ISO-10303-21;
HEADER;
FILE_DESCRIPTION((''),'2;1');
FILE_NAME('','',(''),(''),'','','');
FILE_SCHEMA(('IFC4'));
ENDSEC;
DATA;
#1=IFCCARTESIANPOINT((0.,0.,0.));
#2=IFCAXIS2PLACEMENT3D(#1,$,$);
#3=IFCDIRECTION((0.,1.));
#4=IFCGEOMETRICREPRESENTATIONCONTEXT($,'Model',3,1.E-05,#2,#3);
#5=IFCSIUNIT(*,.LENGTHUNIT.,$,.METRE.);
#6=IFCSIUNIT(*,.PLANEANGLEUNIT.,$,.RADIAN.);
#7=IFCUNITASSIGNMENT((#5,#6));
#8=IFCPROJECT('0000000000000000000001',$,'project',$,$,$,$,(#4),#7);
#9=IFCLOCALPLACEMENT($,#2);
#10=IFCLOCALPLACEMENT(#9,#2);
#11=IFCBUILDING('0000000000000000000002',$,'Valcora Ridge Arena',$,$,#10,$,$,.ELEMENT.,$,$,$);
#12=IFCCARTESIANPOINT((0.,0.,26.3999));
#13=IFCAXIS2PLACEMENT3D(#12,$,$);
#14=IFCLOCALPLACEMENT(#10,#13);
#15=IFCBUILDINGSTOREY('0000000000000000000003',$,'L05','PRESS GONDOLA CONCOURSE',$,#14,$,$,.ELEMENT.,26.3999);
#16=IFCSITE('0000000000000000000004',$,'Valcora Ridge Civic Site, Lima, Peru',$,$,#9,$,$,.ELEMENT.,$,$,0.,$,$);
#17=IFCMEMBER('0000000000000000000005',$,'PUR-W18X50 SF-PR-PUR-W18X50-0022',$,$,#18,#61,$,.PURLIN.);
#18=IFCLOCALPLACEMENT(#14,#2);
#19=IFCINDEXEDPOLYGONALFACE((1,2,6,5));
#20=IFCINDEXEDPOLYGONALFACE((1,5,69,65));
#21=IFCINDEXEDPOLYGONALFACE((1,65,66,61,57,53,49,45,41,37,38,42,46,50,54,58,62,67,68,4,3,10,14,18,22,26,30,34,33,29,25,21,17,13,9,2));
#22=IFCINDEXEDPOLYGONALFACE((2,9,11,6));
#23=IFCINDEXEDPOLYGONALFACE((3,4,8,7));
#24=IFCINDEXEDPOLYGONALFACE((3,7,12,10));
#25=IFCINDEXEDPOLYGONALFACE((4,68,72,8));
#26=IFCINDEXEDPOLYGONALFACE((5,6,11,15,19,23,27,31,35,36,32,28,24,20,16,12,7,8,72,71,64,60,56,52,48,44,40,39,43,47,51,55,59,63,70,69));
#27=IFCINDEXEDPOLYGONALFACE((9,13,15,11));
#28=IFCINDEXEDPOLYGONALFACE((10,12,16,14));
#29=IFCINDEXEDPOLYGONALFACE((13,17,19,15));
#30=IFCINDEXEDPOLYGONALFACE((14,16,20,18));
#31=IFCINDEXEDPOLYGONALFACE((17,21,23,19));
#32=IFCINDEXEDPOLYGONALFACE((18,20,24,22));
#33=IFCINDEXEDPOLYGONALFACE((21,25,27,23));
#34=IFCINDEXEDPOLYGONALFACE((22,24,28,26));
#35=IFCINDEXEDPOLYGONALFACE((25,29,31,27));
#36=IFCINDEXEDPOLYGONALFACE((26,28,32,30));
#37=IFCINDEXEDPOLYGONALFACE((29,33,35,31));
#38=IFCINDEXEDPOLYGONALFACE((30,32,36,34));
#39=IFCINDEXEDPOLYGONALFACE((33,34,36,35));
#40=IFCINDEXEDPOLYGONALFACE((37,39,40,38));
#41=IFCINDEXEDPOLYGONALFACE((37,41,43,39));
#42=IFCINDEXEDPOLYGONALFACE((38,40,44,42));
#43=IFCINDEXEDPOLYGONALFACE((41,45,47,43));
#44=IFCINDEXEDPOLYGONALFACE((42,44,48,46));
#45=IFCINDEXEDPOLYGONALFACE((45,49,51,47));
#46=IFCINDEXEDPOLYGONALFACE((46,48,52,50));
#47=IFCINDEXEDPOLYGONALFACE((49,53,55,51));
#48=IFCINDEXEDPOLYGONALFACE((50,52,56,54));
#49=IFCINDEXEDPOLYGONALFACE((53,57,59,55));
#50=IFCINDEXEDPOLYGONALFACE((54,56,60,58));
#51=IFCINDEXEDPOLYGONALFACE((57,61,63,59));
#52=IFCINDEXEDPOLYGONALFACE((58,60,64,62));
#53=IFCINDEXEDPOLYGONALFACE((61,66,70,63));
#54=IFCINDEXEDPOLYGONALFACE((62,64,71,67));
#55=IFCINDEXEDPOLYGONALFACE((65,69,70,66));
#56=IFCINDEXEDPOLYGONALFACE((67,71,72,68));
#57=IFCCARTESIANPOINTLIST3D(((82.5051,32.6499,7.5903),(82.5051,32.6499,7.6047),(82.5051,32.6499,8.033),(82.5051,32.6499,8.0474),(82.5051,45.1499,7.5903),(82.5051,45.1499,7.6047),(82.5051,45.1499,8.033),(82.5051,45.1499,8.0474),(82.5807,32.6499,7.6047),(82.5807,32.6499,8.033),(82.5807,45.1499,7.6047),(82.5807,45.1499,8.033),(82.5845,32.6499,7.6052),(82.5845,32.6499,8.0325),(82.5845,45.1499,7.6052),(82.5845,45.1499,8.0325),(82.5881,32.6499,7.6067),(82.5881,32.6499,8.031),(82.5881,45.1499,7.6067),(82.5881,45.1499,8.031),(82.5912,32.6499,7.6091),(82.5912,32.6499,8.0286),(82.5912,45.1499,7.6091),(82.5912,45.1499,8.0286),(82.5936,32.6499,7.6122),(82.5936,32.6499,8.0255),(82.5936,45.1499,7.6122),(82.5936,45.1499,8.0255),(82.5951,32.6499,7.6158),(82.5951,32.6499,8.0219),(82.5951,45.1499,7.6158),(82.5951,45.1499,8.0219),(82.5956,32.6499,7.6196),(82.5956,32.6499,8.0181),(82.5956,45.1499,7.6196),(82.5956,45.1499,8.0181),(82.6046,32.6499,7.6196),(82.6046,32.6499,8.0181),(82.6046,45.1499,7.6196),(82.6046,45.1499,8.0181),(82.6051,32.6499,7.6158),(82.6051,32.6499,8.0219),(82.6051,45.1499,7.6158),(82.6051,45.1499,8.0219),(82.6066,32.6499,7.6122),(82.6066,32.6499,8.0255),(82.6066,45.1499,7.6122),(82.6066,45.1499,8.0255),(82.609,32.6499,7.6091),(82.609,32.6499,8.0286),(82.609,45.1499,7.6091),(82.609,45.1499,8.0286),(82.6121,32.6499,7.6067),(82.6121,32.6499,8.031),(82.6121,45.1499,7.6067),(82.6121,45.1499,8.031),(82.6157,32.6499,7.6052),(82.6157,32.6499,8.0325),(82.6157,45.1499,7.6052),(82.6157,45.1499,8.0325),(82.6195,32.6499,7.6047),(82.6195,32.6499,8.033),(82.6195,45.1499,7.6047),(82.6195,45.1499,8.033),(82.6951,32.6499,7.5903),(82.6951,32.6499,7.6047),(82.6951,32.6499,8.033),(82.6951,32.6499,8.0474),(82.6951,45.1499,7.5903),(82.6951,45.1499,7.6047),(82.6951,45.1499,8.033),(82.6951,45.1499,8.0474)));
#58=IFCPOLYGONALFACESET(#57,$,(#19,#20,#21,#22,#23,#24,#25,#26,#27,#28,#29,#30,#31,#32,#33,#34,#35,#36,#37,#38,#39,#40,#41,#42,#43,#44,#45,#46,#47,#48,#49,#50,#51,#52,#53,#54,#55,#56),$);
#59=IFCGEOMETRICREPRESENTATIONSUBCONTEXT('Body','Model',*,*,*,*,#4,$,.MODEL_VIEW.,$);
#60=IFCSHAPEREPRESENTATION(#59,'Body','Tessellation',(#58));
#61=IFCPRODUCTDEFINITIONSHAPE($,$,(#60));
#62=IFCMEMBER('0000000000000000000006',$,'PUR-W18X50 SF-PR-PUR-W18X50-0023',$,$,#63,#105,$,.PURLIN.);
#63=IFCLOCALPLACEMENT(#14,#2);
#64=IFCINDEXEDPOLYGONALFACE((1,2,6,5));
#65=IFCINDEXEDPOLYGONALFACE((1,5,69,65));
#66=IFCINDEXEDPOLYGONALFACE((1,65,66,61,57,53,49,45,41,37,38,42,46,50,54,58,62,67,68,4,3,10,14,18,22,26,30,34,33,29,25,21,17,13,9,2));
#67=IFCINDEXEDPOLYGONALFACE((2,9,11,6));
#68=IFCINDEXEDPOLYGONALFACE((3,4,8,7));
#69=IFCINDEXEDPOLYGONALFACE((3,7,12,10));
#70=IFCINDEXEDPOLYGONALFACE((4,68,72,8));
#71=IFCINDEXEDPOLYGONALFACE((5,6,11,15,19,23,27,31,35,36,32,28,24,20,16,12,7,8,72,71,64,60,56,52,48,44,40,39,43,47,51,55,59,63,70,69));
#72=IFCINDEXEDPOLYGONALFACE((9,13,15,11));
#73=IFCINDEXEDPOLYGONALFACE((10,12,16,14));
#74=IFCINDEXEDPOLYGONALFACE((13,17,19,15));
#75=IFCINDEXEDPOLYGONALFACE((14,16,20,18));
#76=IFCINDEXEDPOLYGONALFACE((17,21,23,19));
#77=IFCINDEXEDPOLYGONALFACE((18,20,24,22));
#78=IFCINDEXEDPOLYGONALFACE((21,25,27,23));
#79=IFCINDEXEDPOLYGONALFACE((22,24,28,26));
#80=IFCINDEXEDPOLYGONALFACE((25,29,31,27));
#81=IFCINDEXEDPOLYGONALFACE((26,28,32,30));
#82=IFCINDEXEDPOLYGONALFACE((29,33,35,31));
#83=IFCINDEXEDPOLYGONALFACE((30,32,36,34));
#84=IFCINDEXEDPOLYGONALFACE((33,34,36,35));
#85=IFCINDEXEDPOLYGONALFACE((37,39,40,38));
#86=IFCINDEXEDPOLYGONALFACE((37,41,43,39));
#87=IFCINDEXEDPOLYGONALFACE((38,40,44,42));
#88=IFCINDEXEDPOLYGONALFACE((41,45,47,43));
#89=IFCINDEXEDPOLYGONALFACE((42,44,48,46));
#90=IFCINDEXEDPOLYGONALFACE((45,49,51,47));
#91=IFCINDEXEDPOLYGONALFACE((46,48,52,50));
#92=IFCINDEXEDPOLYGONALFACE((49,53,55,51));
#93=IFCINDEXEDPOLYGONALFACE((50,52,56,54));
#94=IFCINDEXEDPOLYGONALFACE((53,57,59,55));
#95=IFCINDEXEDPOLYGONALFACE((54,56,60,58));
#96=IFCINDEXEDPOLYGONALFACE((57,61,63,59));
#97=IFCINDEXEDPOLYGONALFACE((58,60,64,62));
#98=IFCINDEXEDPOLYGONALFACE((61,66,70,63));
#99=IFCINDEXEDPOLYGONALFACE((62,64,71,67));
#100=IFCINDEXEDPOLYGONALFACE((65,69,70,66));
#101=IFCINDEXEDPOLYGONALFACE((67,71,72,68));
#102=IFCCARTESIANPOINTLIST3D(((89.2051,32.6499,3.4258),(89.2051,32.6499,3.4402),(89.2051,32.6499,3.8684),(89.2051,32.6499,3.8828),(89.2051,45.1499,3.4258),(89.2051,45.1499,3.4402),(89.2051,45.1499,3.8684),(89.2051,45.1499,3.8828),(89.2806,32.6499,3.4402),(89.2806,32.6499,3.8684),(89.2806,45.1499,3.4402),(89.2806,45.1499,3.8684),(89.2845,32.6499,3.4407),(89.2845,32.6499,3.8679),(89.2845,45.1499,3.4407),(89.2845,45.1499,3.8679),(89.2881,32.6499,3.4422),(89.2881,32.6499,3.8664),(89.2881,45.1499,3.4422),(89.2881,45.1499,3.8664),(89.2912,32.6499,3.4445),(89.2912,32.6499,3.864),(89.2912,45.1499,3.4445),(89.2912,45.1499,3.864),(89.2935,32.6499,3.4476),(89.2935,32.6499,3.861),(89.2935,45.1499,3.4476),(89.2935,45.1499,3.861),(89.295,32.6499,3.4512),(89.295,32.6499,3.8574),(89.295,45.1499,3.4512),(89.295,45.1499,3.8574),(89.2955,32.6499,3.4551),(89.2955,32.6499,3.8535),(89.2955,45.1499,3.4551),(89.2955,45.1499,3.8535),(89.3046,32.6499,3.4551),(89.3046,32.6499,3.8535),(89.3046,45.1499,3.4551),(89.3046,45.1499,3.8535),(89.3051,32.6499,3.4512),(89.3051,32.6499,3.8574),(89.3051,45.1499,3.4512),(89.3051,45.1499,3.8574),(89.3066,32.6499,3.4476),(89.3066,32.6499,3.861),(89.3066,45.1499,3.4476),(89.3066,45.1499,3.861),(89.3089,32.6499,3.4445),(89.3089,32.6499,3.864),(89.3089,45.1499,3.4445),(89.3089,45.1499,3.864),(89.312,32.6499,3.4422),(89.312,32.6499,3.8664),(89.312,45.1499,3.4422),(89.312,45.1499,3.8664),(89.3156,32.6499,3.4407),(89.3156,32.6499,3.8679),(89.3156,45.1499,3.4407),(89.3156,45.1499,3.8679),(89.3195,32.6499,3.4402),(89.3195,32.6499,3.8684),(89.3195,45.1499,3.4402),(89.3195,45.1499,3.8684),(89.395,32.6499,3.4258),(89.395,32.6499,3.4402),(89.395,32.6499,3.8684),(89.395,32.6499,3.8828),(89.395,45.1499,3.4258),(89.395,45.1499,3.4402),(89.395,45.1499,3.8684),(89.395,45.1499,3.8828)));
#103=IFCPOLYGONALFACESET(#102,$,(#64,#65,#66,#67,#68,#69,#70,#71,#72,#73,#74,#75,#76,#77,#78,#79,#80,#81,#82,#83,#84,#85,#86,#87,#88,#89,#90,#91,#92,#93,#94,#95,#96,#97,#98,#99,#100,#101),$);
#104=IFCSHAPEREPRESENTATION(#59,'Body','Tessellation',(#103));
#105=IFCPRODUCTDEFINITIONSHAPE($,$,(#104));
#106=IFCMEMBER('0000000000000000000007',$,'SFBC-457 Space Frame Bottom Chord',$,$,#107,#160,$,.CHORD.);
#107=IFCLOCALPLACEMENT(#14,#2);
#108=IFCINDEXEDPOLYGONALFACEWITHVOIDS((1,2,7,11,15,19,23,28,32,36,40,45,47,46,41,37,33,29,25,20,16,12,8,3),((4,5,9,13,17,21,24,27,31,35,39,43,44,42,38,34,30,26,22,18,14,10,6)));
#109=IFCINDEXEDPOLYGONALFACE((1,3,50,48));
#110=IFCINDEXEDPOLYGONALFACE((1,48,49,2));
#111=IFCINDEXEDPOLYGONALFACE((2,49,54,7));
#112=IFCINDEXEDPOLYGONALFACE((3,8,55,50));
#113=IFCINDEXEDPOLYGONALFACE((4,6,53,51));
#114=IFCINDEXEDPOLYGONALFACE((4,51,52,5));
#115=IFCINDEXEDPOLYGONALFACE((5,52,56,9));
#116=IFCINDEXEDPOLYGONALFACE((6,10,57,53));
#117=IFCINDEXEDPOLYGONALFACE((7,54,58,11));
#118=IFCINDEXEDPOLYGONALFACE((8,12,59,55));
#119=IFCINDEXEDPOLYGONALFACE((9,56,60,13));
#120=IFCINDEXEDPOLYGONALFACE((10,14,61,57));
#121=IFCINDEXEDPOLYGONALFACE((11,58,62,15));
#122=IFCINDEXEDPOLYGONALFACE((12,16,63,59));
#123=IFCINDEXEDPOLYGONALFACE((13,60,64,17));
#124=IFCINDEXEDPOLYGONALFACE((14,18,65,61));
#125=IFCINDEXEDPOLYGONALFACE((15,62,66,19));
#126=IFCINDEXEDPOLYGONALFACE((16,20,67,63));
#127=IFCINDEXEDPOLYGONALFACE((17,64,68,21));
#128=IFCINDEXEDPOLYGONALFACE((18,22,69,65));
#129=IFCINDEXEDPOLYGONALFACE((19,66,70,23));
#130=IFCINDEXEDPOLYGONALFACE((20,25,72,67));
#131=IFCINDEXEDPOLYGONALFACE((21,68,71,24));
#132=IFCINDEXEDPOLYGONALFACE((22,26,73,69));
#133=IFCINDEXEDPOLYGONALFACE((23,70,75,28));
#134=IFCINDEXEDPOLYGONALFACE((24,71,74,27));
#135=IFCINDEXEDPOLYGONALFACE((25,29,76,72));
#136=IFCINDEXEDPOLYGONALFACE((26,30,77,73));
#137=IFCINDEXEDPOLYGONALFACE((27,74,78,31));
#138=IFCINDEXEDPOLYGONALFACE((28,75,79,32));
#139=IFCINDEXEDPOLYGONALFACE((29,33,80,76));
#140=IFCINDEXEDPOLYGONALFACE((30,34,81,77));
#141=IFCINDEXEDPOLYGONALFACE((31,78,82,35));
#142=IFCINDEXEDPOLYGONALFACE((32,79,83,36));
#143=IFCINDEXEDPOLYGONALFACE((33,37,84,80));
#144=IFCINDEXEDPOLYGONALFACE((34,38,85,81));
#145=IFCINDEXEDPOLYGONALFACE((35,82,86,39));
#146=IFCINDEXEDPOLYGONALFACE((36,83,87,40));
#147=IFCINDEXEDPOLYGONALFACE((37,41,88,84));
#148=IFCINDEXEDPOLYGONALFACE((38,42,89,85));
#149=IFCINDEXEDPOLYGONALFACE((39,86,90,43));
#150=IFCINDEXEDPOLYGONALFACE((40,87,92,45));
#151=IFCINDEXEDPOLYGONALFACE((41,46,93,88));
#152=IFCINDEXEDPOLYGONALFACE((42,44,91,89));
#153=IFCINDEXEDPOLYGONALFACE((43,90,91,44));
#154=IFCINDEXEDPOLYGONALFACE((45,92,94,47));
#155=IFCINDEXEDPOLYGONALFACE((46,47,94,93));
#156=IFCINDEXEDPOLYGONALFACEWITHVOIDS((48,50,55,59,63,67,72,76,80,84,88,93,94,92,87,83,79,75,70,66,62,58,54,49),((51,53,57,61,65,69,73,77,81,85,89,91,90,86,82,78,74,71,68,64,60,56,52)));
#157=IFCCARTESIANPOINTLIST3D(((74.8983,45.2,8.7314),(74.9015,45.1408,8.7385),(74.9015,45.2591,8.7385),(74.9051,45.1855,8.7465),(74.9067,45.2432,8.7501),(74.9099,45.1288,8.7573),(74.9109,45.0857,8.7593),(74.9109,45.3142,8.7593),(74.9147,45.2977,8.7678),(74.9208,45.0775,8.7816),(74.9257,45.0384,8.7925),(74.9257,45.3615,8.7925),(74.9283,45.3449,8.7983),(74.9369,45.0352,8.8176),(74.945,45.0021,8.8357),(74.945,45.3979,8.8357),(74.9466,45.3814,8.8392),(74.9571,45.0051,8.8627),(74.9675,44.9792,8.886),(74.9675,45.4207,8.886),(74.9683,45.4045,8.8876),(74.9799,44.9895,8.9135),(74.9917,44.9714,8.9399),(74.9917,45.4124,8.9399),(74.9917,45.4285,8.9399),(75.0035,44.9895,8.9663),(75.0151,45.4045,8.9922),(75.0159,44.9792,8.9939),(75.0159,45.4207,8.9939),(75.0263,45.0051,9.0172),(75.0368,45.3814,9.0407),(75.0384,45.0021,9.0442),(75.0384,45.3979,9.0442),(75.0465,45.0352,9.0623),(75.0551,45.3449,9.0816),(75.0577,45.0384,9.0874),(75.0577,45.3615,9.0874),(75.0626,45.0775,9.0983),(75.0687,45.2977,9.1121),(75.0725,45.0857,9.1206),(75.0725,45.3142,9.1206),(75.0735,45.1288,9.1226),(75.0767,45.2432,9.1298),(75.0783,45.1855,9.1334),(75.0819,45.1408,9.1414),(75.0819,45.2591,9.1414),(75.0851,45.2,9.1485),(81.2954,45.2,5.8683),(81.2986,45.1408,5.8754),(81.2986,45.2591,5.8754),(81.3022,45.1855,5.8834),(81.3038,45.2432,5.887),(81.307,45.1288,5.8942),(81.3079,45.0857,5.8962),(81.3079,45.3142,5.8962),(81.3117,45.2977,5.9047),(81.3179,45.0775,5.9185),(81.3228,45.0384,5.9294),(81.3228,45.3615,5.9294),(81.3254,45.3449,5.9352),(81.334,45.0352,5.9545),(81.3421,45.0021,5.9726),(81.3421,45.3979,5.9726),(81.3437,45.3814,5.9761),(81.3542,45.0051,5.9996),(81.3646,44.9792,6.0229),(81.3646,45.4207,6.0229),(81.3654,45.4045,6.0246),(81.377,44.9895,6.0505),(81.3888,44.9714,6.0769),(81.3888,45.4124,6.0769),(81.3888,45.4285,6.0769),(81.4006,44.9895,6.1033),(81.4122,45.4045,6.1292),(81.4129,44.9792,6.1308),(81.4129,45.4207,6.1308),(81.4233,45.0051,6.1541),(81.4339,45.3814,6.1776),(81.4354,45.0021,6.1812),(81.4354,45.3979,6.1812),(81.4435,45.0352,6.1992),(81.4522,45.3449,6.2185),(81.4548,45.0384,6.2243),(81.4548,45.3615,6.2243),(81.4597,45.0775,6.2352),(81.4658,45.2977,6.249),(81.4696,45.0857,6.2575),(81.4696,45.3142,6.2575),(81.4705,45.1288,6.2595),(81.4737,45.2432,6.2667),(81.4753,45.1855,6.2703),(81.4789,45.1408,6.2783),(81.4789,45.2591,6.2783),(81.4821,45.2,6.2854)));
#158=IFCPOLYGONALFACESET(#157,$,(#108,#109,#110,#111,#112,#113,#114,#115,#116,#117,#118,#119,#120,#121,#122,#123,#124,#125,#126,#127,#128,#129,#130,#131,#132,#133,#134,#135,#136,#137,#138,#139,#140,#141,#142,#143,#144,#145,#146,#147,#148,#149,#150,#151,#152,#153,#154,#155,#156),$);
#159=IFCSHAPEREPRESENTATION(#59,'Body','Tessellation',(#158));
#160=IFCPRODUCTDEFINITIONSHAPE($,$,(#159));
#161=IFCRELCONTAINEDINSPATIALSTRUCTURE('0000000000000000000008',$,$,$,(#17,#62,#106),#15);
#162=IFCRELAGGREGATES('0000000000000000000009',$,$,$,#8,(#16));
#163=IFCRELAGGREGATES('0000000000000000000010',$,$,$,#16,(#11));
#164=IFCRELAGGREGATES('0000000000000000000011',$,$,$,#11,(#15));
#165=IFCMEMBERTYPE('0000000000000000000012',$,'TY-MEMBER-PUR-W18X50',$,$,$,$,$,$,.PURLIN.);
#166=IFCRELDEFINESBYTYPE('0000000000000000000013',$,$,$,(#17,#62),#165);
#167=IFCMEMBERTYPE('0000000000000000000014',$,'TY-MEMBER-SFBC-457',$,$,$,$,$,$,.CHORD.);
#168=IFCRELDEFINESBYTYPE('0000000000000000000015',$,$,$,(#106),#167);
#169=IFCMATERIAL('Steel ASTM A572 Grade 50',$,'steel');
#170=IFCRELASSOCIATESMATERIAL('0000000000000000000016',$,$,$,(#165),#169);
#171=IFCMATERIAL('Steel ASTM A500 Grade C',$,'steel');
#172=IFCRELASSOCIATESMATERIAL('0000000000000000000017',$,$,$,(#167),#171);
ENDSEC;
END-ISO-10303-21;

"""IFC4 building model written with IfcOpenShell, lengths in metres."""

from ifc_helpers import new_model, si_unit, direction, frame, origin, origin_2d, place, context, subcontext, project, spatial, hollow_circle, i_section, extrude, material, material_profile, profile_set, type_object, element, save


model = new_model("IFC4")

# Units and contexts
model_context = context("Model", 3, precision=1e-05, world=origin(), true_north=direction((0.0, 1.0)))
body_context = subcontext(model_context, "Body", "Model", "MODEL_VIEW")
ifc_project = project(units=[si_unit("LENGTHUNIT", "METRE"), si_unit("PLANEANGLEUNIT", "RADIAN")], contexts=[model_context])

# Site, building, storey
site_placement = place(None, origin())
site = spatial("IfcSite", under=ifc_project, at=site_placement, Name="Valcora Ridge Civic Site, Lima, Peru", CompositionType="ELEMENT", RefElevation=0.0)
building_placement = place(site_placement, origin())
building = spatial("IfcBuilding", under=site, at=building_placement, Name="Valcora Ridge Arena", CompositionType="ELEMENT")
storey_placement = place(building_placement, frame((0.0, 0.0, 26.3999)))
storey = spatial("IfcBuildingStorey", under=building, at=storey_placement, Name="L05", Description="PRESS GONDOLA CONCOURSE", CompositionType="ELEMENT", Elevation=26.3999)

# Members
ifc_material_1 = material(Name="Steel ASTM A572 Grade 50", Category="steel")
ifc_material_profile_1 = material_profile(ifc_material_1, i_section(OverallWidth=0.1899, OverallDepth=0.457, WebThickness=0.009, FlangeThickness=0.0144, FilletRadius=0.0149, at=origin_2d()), Name="W18X50")
ifc_profile_set_1 = profile_set([ifc_material_profile_1], Name="Steel ASTM A572 Grade 50")
member_type_1 = type_object("IfcMemberType", Name="TY-MEMBER-PUR-W18X50", PredefinedType="PURLIN", material=ifc_profile_set_1)
for number, where, z_axis, x_axis, name in (
    (1, (82.6001, 32.6499, 7.8188), (0.0, 1.0, 0.0), (-1.0, 0.0, 0.0), "PUR-W18X50 SF-PR-PUR-W18X50-0022"),
    (2, (89.3, 32.6499, 3.6543), (0.0, 1.0, 0.0), (-1.0, 0.0, 0.0), "PUR-W18X50 SF-PR-PUR-W18X50-0023"),
):
    element("IfcMember", number, at=place(storey_placement, frame(where, z_axis=z_axis, x_axis=x_axis)), inside=storey, type_object=member_type_1, Name=name, PredefinedType="PURLIN", context=body_context, shape_type="SweptSolid", body=[
        extrude(i_section(OverallWidth=0.1899, OverallDepth=0.457, WebThickness=0.009, FlangeThickness=0.0144, FilletRadius=0.0149, at=origin_2d()), origin(), (0.0, 0.0, 1.0), 12.5),
    ])
ifc_material_2 = material(Name="Steel ASTM A500 Grade C", Category="steel")
ifc_material_profile_2 = material_profile(ifc_material_2, hollow_circle(Radius=0.2285, WallThickness=0.0161, at=origin_2d()), Name="CHS457X16")
ifc_profile_set_2 = profile_set([ifc_material_profile_2], Name="Steel ASTM A500 Grade C")
member_type_2 = type_object("IfcMemberType", Name="TY-MEMBER-SFBC-457", PredefinedType="CHORD", material=ifc_profile_set_2)
member_1_placement = place(storey_placement, frame((74.9917, 45.2, 8.9399), z_axis=(0.912753, 0.0, -0.408513), x_axis=(0.0, 1.0, 0.0)))
element("IfcMember", 3, at=member_1_placement, inside=storey, type_object=member_type_2, Name="SFBC-457 Space Frame Bottom Chord", PredefinedType="CHORD", context=body_context, shape_type="SweptSolid", body=[
    extrude(hollow_circle(Radius=0.2285, WallThickness=0.0161, at=origin_2d()), origin(), (0.0, 0.0, 1.0), 7.0085),
])

save(model, "model.ifc")
